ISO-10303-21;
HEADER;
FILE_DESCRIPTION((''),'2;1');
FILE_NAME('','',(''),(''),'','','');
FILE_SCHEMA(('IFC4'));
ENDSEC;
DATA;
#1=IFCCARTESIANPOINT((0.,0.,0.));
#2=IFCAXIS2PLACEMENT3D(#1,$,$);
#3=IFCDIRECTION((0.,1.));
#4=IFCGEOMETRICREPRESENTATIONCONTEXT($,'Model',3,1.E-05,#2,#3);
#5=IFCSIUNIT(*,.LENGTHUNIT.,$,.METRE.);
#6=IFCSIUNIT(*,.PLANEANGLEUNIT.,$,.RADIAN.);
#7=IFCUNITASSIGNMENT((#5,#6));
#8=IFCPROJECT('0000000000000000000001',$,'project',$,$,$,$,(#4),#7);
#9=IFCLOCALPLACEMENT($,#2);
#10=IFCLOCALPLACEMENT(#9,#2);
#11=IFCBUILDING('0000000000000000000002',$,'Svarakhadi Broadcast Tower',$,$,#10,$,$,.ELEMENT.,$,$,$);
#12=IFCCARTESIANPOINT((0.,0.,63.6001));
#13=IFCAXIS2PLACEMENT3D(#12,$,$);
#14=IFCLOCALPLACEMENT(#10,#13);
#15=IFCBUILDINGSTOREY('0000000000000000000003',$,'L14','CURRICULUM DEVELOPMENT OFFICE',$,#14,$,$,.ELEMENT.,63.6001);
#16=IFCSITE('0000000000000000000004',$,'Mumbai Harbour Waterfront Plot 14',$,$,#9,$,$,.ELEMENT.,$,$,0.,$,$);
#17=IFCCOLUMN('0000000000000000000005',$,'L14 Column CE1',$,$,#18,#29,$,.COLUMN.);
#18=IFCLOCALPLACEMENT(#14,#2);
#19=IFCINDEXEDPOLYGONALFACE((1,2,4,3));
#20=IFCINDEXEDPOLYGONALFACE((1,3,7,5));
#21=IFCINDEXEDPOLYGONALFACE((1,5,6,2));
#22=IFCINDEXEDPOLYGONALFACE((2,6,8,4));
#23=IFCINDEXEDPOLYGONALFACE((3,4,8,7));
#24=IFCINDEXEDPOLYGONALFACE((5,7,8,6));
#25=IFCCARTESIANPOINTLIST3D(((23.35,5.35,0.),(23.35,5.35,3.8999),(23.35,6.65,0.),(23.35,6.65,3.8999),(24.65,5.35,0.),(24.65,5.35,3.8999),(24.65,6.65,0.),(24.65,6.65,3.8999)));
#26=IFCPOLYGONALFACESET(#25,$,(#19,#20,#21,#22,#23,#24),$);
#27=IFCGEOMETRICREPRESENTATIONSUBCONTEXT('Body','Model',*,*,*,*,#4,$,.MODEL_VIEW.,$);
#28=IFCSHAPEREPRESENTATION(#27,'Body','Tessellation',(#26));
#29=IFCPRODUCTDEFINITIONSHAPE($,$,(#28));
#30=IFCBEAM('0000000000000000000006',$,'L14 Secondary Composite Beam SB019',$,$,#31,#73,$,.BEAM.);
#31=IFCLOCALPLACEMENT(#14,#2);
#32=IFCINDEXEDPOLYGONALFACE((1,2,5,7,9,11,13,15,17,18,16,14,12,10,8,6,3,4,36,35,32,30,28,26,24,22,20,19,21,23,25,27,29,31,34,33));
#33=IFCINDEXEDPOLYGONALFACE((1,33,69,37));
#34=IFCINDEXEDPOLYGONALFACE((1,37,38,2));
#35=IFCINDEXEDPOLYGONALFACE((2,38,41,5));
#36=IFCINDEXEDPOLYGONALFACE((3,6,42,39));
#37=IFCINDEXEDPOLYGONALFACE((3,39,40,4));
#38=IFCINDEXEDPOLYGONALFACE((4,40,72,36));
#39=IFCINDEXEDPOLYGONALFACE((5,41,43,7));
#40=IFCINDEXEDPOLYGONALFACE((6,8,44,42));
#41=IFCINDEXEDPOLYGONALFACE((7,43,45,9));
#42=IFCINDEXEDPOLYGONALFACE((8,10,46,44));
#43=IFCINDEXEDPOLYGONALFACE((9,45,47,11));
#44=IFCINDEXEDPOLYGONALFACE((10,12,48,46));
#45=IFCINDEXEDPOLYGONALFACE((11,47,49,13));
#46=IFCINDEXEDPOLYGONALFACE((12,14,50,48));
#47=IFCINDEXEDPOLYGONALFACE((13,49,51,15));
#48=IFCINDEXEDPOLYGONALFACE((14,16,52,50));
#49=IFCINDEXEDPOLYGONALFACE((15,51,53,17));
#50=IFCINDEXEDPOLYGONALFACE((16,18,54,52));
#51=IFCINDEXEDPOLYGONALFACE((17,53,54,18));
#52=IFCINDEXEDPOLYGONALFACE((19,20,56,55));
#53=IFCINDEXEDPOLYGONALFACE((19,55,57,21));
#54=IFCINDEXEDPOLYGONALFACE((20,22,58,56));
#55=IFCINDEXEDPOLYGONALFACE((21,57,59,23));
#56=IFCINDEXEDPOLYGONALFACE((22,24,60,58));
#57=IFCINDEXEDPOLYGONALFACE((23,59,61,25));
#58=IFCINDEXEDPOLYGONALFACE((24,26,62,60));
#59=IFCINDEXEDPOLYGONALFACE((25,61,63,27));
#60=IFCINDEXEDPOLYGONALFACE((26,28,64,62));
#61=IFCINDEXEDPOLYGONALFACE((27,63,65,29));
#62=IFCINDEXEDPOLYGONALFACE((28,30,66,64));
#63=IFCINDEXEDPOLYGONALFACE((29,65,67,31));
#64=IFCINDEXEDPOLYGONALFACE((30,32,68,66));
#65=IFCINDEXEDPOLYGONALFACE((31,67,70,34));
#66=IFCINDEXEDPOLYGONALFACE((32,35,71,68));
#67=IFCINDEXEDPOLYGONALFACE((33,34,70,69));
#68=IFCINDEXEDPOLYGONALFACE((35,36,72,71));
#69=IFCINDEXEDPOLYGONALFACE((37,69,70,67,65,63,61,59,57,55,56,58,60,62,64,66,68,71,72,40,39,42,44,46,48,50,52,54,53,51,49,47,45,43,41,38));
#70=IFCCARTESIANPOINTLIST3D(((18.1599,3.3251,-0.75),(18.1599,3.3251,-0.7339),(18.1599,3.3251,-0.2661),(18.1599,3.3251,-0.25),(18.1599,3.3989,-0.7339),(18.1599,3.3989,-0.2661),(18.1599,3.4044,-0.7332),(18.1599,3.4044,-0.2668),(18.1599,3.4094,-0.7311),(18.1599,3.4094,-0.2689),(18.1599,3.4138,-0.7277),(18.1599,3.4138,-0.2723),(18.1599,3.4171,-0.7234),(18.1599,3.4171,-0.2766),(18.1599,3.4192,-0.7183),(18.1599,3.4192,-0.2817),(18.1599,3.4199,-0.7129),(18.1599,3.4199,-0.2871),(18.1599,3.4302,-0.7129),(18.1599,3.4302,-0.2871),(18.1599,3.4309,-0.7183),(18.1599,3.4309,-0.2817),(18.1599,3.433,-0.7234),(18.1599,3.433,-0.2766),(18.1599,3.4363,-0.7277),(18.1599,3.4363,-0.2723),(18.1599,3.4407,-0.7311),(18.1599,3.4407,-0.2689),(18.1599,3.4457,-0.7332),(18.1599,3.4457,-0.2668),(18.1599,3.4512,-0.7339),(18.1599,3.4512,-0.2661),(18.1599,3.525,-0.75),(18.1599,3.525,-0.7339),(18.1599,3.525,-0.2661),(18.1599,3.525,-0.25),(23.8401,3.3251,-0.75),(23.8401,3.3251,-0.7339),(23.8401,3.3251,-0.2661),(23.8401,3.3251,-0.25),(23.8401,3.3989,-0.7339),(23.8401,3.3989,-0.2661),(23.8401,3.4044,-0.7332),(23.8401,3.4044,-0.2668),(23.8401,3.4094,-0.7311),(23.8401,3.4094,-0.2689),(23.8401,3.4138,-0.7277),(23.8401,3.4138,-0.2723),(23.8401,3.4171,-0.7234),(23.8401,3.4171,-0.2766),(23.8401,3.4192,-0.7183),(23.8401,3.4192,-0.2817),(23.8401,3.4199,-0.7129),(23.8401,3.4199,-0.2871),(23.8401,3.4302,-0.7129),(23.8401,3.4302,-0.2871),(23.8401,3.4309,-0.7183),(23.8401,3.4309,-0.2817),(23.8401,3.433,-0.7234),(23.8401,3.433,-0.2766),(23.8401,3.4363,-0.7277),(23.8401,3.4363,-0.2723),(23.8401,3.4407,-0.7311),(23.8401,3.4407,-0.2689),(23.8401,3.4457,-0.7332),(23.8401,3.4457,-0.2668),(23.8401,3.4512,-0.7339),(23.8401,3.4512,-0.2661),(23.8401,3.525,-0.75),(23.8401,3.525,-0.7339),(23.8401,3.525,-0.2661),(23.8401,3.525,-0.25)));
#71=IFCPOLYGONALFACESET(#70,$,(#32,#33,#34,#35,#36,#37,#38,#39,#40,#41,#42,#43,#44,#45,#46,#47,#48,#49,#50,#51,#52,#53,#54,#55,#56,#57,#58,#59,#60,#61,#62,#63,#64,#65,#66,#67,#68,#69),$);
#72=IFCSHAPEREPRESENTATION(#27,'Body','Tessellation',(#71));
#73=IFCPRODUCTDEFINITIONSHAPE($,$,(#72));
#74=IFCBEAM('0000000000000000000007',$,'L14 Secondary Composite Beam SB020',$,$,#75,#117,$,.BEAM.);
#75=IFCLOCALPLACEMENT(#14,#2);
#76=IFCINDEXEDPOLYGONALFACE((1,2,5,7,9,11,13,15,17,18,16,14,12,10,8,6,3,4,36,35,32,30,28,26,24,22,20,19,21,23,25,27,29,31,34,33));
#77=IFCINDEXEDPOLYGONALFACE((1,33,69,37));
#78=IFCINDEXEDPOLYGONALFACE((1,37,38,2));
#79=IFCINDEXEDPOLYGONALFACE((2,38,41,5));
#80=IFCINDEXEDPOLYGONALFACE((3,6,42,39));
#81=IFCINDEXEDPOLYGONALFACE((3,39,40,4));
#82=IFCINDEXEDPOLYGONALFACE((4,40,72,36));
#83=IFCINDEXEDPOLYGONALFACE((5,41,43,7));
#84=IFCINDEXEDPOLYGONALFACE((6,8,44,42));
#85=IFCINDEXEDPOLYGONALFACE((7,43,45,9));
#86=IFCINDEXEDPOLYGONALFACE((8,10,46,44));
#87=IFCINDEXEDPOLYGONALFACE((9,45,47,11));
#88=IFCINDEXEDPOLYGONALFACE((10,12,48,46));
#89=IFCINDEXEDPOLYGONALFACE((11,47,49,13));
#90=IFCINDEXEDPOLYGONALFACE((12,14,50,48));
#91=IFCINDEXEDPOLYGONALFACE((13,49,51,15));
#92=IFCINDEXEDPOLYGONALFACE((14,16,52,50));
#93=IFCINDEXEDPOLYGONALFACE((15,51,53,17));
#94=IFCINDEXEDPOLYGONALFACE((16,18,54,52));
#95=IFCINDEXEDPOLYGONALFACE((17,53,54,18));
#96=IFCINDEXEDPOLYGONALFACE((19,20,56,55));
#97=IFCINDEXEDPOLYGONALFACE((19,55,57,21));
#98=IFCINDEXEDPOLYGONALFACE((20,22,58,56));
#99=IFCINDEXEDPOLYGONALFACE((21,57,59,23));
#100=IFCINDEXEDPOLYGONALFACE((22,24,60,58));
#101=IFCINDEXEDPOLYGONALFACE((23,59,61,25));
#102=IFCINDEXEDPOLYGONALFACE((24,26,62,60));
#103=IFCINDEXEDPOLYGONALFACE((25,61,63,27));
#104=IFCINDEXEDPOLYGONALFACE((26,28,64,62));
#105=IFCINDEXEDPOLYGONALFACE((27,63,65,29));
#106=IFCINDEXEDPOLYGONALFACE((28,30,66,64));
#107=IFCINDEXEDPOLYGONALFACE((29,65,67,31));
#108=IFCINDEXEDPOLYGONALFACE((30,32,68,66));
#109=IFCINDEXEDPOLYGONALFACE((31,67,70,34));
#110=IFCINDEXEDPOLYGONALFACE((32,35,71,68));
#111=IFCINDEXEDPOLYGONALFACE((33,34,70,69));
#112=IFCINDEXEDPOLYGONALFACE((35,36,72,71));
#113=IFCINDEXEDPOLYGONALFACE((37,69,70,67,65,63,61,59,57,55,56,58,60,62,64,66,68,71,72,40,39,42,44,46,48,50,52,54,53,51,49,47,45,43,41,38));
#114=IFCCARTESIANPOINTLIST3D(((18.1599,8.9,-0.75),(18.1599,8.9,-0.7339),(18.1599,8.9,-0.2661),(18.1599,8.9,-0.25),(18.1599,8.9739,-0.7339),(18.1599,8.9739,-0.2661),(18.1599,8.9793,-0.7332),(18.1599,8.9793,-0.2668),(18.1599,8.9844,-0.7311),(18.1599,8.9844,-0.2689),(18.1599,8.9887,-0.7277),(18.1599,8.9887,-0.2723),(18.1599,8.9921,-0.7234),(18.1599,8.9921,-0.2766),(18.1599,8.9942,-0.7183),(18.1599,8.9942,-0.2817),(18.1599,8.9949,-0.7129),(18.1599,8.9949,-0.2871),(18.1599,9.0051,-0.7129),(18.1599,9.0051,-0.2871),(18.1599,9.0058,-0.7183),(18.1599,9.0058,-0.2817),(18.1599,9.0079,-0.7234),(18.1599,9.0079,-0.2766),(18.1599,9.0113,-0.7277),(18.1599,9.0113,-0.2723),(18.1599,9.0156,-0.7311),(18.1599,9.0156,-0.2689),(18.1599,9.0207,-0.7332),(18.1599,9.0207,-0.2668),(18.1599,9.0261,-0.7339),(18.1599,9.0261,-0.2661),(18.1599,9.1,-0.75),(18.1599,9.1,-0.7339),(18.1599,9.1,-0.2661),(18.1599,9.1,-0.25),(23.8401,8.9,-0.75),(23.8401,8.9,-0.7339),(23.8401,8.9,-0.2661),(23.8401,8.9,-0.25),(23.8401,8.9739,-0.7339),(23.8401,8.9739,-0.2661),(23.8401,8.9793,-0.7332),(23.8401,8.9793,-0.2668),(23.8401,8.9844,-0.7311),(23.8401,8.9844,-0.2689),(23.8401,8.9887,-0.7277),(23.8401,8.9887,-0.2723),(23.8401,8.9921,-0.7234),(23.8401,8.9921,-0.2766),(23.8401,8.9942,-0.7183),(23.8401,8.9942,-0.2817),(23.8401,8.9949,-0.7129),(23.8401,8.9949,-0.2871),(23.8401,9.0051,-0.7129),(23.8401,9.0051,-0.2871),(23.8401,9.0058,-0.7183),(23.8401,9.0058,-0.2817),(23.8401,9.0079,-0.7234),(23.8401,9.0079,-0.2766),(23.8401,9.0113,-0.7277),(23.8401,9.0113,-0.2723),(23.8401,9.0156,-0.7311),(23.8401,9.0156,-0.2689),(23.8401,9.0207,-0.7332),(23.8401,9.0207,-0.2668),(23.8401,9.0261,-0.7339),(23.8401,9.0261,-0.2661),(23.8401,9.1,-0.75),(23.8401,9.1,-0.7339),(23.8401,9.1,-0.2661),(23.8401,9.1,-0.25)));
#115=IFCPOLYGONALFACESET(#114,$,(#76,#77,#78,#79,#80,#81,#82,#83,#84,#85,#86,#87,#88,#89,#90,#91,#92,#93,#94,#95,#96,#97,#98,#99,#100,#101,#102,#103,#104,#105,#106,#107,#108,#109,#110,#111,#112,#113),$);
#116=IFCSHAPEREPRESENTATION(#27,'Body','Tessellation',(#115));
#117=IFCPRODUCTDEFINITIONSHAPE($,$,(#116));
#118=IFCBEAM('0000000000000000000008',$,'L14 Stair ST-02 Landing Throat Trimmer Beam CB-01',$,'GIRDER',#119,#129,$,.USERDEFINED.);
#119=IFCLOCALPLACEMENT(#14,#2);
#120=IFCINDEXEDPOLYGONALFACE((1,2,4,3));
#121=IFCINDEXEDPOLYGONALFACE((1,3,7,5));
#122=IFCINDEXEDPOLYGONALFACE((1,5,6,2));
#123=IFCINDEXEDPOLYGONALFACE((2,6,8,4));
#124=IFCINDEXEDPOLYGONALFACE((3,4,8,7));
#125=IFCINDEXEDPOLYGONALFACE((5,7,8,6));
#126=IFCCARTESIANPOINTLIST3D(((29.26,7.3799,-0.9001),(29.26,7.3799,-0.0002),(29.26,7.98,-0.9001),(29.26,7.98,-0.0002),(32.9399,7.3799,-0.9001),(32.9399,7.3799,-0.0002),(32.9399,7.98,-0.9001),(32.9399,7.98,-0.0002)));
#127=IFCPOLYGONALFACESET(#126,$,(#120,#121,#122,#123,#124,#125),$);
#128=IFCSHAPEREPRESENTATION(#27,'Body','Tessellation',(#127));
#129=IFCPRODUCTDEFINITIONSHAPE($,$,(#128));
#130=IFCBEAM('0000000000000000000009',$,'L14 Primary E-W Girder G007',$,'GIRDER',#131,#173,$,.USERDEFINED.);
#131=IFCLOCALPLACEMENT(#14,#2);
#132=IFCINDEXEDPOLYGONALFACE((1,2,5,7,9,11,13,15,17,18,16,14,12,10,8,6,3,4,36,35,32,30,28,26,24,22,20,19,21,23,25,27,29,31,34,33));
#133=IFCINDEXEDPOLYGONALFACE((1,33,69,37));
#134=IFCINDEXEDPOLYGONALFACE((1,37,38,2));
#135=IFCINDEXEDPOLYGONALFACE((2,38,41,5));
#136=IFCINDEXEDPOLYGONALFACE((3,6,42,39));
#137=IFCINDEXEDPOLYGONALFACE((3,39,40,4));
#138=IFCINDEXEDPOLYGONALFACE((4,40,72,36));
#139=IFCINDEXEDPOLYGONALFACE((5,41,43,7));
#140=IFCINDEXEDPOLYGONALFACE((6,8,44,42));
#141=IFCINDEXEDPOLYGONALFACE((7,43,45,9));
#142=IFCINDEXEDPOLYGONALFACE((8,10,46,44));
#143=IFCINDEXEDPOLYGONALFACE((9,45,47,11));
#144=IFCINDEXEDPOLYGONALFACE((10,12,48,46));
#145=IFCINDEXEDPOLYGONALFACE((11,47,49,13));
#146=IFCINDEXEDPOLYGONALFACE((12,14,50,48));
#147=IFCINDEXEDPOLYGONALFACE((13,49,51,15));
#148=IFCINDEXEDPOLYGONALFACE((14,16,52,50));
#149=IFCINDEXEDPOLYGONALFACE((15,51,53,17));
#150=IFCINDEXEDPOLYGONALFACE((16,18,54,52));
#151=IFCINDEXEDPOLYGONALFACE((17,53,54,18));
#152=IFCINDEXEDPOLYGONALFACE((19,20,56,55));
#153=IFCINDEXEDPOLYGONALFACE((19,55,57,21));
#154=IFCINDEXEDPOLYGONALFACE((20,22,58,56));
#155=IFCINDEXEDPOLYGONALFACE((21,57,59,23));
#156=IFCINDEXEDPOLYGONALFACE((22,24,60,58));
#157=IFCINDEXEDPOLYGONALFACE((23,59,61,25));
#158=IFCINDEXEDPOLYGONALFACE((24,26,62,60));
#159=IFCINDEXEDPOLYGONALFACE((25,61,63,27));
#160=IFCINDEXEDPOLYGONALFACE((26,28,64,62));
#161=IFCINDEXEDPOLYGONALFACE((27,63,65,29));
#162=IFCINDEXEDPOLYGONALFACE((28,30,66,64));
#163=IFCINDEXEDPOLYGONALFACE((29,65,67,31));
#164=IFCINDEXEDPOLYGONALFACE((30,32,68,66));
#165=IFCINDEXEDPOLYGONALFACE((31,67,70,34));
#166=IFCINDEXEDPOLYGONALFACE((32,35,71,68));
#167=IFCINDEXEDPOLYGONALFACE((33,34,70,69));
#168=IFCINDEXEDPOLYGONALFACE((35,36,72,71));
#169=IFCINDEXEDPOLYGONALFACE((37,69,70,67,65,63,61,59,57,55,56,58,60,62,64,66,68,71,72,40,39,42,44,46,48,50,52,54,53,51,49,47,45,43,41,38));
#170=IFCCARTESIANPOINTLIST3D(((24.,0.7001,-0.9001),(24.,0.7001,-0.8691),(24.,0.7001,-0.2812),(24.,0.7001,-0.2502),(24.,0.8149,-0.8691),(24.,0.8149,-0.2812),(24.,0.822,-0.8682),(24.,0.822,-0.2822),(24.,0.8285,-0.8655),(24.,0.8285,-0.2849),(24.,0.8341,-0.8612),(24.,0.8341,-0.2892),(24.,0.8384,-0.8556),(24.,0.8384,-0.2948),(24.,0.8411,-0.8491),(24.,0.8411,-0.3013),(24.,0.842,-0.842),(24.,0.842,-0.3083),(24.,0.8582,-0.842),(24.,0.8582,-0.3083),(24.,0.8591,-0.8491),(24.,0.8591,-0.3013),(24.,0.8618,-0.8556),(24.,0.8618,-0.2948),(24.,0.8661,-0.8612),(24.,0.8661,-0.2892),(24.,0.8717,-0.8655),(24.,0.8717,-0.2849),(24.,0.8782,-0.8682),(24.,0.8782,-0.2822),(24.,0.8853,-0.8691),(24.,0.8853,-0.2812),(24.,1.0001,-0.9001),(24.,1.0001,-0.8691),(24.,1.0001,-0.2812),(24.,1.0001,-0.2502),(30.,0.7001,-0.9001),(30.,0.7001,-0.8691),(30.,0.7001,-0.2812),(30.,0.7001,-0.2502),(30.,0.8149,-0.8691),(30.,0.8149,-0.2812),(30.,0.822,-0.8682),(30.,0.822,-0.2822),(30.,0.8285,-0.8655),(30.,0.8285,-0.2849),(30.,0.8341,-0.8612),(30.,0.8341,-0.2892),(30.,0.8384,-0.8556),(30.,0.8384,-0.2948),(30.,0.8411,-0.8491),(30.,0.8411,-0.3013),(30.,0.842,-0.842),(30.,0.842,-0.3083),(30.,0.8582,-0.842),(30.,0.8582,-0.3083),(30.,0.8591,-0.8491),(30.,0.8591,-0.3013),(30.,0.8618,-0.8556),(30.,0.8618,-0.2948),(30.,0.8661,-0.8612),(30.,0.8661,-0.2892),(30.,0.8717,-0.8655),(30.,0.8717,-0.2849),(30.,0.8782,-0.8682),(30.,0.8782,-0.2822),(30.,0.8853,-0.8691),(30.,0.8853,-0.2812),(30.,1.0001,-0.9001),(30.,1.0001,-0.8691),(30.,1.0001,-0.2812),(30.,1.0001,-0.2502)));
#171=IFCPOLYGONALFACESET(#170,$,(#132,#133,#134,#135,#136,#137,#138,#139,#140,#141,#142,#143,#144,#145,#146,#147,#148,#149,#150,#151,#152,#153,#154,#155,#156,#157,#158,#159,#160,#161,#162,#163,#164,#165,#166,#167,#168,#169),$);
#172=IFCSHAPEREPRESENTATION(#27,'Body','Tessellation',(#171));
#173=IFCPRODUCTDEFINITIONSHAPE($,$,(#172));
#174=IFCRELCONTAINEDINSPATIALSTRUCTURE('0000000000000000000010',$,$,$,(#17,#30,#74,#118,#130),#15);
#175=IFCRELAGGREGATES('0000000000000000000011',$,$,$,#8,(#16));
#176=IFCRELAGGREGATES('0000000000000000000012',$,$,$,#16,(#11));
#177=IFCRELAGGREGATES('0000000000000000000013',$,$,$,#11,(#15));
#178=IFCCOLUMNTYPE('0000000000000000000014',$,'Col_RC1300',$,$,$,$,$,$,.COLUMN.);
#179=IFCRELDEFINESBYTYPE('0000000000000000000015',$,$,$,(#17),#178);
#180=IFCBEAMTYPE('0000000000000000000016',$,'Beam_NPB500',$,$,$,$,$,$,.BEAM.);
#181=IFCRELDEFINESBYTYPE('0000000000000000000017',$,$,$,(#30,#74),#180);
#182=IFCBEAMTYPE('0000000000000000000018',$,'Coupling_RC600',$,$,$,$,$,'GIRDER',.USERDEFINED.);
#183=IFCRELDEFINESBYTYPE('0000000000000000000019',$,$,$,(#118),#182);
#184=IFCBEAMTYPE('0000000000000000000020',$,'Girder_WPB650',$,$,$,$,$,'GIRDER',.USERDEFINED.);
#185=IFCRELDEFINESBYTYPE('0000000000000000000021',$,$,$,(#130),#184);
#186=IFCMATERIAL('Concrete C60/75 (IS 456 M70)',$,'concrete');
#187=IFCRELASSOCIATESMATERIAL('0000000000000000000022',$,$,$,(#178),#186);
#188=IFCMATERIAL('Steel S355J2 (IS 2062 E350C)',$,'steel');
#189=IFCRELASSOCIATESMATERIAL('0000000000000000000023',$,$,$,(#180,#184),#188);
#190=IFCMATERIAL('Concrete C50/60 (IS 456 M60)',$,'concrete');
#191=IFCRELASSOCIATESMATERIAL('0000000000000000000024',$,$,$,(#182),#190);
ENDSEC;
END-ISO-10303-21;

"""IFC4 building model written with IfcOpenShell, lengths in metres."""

from ifc_helpers import new_model, si_unit, direction, frame, origin, origin_2d, place, context, subcontext, project, spatial, rectangle, i_section, extrude, material, material_profile, profile_set, type_object, element, save


model = new_model("IFC4")

# Units and contexts
model_context = context("Model", 3, precision=1e-05, world=origin(), true_north=direction((0.0, 1.0)))
body_context = subcontext(model_context, "Body", "Model", "MODEL_VIEW")
ifc_project = project(units=[si_unit("LENGTHUNIT", "METRE"), si_unit("PLANEANGLEUNIT", "RADIAN")], contexts=[model_context])

# Site, building, storey
site_placement = place(None, origin())
site = spatial("IfcSite", under=ifc_project, at=site_placement, Name="Mumbai Harbour Waterfront Plot 14", CompositionType="ELEMENT", RefElevation=0.0)
building_placement = place(site_placement, origin())
building = spatial("IfcBuilding", under=site, at=building_placement, Name="Svarakhadi Broadcast Tower", CompositionType="ELEMENT")
storey_placement = place(building_placement, frame((0.0, 0.0, 63.6001)))
storey = spatial("IfcBuildingStorey", under=building, at=storey_placement, Name="L14", Description="CURRICULUM DEVELOPMENT OFFICE", CompositionType="ELEMENT", Elevation=63.6001)

# Column
ifc_material_1 = material(Name="Concrete C60/75 (IS 456 M70)", Category="concrete")
ifc_material_profile_1 = material_profile(ifc_material_1, rectangle(XDim=1.3, YDim=1.3, at=origin_2d()), Name="RC 1300x1300")
ifc_profile_set_1 = profile_set([ifc_material_profile_1], Name="Concrete C60/75 (IS 456 M70)")
column_type = type_object("IfcColumnType", Name="Col_RC1300", PredefinedType="COLUMN", material=ifc_profile_set_1)
column_placement = place(storey_placement, frame((24.0, 6.0, 0.0), z_axis=(0.0, 0.0, 1.0), x_axis=(1.0, 0.0, 0.0)))
element("IfcColumn", 1, at=column_placement, inside=storey, type_object=column_type, Name="L14 Column CE1", PredefinedType="COLUMN", context=body_context, shape_type="SweptSolid", body=[
    extrude(rectangle(XDim=1.3, YDim=1.3, at=origin_2d()), origin(), (0.0, 0.0, 1.0), 3.8999),
])

# Beams
ifc_material_2 = material(Name="Steel S355J2 (IS 2062 E350C)", Category="steel")
ifc_material_profile_2 = material_profile(ifc_material_2, i_section(OverallWidth=0.2, OverallDepth=0.5, WebThickness=0.0103, FlangeThickness=0.0161, FilletRadius=0.021, at=origin_2d()), Name="NPB 500x200x91")
ifc_profile_set_2 = profile_set([ifc_material_profile_2], Name="Steel S355J2 (IS 2062 E350C)")
beam_type_1 = type_object("IfcBeamType", Name="Beam_NPB500", PredefinedType="BEAM", material=ifc_profile_set_2)
for number, where, z_axis, x_axis, name in (
    (2, (18.1599, 3.425, -0.5), (1.0, 0.0, 0.0), (0.0, 1.0, 0.0), "L14 Secondary Composite Beam SB019"),
    (3, (18.1599, 9.0, -0.5), (1.0, 0.0, 0.0), (0.0, 1.0, 0.0), "L14 Secondary Composite Beam SB020"),
):
    element("IfcBeam", number, at=place(storey_placement, frame(where, z_axis=z_axis, x_axis=x_axis)), inside=storey, type_object=beam_type_1, Name=name, PredefinedType="BEAM", context=body_context, shape_type="SweptSolid", body=[
        extrude(i_section(OverallWidth=0.2, OverallDepth=0.5, WebThickness=0.0103, FlangeThickness=0.0161, FilletRadius=0.021, at=origin_2d()), origin(), (0.0, 0.0, 1.0), 5.6802),
    ])
ifc_material_3 = material(Name="Concrete C50/60 (IS 456 M60)", Category="concrete")
ifc_material_profile_3 = material_profile(ifc_material_3, rectangle(XDim=0.6001, YDim=0.8999, at=origin_2d()), Name="RC 600x900")
ifc_profile_set_3 = profile_set([ifc_material_profile_3], Name="Concrete C50/60 (IS 456 M60)")
beam_type_2 = type_object("IfcBeamType", Name="Coupling_RC600", ElementType="GIRDER", PredefinedType="USERDEFINED", material=ifc_profile_set_3)
beam_1_placement = place(storey_placement, frame((29.26, 7.6799, -0.4502), z_axis=(1.0, 0.0, 0.0), x_axis=(0.0, 1.0, 0.0)))
element("IfcBeam", 4, at=beam_1_placement, inside=storey, type_object=beam_type_2, Name="L14 Stair ST-02 Landing Throat Trimmer Beam CB-01", ObjectType="GIRDER", PredefinedType="USERDEFINED", context=body_context, shape_type="SweptSolid", body=[
    extrude(rectangle(XDim=0.6001, YDim=0.8999, at=origin_2d()), origin(), (0.0, 0.0, 1.0), 3.6799),
])
ifc_material_profile_4 = material_profile(ifc_material_2, i_section(OverallWidth=0.3, OverallDepth=0.6499, WebThickness=0.0161, FlangeThickness=0.031, FilletRadius=0.0271, at=origin_2d()), Name="WPB 650x300x225")
ifc_profile_set_4 = profile_set([ifc_material_profile_4], Name="Steel S355J2 (IS 2062 E350C)")
beam_type_3 = type_object("IfcBeamType", Name="Girder_WPB650", ElementType="GIRDER", PredefinedType="USERDEFINED", material=ifc_profile_set_4)
beam_2_placement = place(storey_placement, frame((24.0, 0.8501, -0.5752), z_axis=(1.0, 0.0, 0.0), x_axis=(0.0, 1.0, 0.0)))
element("IfcBeam", 5, at=beam_2_placement, inside=storey, type_object=beam_type_3, Name="L14 Primary E-W Girder G007", ObjectType="GIRDER", PredefinedType="USERDEFINED", context=body_context, shape_type="SweptSolid", body=[
    extrude(i_section(OverallWidth=0.3, OverallDepth=0.6499, WebThickness=0.0161, FlangeThickness=0.031, FilletRadius=0.0271, at=origin_2d()), origin(), (0.0, 0.0, 1.0), 6.0),
])

save(model, "model.ifc")
